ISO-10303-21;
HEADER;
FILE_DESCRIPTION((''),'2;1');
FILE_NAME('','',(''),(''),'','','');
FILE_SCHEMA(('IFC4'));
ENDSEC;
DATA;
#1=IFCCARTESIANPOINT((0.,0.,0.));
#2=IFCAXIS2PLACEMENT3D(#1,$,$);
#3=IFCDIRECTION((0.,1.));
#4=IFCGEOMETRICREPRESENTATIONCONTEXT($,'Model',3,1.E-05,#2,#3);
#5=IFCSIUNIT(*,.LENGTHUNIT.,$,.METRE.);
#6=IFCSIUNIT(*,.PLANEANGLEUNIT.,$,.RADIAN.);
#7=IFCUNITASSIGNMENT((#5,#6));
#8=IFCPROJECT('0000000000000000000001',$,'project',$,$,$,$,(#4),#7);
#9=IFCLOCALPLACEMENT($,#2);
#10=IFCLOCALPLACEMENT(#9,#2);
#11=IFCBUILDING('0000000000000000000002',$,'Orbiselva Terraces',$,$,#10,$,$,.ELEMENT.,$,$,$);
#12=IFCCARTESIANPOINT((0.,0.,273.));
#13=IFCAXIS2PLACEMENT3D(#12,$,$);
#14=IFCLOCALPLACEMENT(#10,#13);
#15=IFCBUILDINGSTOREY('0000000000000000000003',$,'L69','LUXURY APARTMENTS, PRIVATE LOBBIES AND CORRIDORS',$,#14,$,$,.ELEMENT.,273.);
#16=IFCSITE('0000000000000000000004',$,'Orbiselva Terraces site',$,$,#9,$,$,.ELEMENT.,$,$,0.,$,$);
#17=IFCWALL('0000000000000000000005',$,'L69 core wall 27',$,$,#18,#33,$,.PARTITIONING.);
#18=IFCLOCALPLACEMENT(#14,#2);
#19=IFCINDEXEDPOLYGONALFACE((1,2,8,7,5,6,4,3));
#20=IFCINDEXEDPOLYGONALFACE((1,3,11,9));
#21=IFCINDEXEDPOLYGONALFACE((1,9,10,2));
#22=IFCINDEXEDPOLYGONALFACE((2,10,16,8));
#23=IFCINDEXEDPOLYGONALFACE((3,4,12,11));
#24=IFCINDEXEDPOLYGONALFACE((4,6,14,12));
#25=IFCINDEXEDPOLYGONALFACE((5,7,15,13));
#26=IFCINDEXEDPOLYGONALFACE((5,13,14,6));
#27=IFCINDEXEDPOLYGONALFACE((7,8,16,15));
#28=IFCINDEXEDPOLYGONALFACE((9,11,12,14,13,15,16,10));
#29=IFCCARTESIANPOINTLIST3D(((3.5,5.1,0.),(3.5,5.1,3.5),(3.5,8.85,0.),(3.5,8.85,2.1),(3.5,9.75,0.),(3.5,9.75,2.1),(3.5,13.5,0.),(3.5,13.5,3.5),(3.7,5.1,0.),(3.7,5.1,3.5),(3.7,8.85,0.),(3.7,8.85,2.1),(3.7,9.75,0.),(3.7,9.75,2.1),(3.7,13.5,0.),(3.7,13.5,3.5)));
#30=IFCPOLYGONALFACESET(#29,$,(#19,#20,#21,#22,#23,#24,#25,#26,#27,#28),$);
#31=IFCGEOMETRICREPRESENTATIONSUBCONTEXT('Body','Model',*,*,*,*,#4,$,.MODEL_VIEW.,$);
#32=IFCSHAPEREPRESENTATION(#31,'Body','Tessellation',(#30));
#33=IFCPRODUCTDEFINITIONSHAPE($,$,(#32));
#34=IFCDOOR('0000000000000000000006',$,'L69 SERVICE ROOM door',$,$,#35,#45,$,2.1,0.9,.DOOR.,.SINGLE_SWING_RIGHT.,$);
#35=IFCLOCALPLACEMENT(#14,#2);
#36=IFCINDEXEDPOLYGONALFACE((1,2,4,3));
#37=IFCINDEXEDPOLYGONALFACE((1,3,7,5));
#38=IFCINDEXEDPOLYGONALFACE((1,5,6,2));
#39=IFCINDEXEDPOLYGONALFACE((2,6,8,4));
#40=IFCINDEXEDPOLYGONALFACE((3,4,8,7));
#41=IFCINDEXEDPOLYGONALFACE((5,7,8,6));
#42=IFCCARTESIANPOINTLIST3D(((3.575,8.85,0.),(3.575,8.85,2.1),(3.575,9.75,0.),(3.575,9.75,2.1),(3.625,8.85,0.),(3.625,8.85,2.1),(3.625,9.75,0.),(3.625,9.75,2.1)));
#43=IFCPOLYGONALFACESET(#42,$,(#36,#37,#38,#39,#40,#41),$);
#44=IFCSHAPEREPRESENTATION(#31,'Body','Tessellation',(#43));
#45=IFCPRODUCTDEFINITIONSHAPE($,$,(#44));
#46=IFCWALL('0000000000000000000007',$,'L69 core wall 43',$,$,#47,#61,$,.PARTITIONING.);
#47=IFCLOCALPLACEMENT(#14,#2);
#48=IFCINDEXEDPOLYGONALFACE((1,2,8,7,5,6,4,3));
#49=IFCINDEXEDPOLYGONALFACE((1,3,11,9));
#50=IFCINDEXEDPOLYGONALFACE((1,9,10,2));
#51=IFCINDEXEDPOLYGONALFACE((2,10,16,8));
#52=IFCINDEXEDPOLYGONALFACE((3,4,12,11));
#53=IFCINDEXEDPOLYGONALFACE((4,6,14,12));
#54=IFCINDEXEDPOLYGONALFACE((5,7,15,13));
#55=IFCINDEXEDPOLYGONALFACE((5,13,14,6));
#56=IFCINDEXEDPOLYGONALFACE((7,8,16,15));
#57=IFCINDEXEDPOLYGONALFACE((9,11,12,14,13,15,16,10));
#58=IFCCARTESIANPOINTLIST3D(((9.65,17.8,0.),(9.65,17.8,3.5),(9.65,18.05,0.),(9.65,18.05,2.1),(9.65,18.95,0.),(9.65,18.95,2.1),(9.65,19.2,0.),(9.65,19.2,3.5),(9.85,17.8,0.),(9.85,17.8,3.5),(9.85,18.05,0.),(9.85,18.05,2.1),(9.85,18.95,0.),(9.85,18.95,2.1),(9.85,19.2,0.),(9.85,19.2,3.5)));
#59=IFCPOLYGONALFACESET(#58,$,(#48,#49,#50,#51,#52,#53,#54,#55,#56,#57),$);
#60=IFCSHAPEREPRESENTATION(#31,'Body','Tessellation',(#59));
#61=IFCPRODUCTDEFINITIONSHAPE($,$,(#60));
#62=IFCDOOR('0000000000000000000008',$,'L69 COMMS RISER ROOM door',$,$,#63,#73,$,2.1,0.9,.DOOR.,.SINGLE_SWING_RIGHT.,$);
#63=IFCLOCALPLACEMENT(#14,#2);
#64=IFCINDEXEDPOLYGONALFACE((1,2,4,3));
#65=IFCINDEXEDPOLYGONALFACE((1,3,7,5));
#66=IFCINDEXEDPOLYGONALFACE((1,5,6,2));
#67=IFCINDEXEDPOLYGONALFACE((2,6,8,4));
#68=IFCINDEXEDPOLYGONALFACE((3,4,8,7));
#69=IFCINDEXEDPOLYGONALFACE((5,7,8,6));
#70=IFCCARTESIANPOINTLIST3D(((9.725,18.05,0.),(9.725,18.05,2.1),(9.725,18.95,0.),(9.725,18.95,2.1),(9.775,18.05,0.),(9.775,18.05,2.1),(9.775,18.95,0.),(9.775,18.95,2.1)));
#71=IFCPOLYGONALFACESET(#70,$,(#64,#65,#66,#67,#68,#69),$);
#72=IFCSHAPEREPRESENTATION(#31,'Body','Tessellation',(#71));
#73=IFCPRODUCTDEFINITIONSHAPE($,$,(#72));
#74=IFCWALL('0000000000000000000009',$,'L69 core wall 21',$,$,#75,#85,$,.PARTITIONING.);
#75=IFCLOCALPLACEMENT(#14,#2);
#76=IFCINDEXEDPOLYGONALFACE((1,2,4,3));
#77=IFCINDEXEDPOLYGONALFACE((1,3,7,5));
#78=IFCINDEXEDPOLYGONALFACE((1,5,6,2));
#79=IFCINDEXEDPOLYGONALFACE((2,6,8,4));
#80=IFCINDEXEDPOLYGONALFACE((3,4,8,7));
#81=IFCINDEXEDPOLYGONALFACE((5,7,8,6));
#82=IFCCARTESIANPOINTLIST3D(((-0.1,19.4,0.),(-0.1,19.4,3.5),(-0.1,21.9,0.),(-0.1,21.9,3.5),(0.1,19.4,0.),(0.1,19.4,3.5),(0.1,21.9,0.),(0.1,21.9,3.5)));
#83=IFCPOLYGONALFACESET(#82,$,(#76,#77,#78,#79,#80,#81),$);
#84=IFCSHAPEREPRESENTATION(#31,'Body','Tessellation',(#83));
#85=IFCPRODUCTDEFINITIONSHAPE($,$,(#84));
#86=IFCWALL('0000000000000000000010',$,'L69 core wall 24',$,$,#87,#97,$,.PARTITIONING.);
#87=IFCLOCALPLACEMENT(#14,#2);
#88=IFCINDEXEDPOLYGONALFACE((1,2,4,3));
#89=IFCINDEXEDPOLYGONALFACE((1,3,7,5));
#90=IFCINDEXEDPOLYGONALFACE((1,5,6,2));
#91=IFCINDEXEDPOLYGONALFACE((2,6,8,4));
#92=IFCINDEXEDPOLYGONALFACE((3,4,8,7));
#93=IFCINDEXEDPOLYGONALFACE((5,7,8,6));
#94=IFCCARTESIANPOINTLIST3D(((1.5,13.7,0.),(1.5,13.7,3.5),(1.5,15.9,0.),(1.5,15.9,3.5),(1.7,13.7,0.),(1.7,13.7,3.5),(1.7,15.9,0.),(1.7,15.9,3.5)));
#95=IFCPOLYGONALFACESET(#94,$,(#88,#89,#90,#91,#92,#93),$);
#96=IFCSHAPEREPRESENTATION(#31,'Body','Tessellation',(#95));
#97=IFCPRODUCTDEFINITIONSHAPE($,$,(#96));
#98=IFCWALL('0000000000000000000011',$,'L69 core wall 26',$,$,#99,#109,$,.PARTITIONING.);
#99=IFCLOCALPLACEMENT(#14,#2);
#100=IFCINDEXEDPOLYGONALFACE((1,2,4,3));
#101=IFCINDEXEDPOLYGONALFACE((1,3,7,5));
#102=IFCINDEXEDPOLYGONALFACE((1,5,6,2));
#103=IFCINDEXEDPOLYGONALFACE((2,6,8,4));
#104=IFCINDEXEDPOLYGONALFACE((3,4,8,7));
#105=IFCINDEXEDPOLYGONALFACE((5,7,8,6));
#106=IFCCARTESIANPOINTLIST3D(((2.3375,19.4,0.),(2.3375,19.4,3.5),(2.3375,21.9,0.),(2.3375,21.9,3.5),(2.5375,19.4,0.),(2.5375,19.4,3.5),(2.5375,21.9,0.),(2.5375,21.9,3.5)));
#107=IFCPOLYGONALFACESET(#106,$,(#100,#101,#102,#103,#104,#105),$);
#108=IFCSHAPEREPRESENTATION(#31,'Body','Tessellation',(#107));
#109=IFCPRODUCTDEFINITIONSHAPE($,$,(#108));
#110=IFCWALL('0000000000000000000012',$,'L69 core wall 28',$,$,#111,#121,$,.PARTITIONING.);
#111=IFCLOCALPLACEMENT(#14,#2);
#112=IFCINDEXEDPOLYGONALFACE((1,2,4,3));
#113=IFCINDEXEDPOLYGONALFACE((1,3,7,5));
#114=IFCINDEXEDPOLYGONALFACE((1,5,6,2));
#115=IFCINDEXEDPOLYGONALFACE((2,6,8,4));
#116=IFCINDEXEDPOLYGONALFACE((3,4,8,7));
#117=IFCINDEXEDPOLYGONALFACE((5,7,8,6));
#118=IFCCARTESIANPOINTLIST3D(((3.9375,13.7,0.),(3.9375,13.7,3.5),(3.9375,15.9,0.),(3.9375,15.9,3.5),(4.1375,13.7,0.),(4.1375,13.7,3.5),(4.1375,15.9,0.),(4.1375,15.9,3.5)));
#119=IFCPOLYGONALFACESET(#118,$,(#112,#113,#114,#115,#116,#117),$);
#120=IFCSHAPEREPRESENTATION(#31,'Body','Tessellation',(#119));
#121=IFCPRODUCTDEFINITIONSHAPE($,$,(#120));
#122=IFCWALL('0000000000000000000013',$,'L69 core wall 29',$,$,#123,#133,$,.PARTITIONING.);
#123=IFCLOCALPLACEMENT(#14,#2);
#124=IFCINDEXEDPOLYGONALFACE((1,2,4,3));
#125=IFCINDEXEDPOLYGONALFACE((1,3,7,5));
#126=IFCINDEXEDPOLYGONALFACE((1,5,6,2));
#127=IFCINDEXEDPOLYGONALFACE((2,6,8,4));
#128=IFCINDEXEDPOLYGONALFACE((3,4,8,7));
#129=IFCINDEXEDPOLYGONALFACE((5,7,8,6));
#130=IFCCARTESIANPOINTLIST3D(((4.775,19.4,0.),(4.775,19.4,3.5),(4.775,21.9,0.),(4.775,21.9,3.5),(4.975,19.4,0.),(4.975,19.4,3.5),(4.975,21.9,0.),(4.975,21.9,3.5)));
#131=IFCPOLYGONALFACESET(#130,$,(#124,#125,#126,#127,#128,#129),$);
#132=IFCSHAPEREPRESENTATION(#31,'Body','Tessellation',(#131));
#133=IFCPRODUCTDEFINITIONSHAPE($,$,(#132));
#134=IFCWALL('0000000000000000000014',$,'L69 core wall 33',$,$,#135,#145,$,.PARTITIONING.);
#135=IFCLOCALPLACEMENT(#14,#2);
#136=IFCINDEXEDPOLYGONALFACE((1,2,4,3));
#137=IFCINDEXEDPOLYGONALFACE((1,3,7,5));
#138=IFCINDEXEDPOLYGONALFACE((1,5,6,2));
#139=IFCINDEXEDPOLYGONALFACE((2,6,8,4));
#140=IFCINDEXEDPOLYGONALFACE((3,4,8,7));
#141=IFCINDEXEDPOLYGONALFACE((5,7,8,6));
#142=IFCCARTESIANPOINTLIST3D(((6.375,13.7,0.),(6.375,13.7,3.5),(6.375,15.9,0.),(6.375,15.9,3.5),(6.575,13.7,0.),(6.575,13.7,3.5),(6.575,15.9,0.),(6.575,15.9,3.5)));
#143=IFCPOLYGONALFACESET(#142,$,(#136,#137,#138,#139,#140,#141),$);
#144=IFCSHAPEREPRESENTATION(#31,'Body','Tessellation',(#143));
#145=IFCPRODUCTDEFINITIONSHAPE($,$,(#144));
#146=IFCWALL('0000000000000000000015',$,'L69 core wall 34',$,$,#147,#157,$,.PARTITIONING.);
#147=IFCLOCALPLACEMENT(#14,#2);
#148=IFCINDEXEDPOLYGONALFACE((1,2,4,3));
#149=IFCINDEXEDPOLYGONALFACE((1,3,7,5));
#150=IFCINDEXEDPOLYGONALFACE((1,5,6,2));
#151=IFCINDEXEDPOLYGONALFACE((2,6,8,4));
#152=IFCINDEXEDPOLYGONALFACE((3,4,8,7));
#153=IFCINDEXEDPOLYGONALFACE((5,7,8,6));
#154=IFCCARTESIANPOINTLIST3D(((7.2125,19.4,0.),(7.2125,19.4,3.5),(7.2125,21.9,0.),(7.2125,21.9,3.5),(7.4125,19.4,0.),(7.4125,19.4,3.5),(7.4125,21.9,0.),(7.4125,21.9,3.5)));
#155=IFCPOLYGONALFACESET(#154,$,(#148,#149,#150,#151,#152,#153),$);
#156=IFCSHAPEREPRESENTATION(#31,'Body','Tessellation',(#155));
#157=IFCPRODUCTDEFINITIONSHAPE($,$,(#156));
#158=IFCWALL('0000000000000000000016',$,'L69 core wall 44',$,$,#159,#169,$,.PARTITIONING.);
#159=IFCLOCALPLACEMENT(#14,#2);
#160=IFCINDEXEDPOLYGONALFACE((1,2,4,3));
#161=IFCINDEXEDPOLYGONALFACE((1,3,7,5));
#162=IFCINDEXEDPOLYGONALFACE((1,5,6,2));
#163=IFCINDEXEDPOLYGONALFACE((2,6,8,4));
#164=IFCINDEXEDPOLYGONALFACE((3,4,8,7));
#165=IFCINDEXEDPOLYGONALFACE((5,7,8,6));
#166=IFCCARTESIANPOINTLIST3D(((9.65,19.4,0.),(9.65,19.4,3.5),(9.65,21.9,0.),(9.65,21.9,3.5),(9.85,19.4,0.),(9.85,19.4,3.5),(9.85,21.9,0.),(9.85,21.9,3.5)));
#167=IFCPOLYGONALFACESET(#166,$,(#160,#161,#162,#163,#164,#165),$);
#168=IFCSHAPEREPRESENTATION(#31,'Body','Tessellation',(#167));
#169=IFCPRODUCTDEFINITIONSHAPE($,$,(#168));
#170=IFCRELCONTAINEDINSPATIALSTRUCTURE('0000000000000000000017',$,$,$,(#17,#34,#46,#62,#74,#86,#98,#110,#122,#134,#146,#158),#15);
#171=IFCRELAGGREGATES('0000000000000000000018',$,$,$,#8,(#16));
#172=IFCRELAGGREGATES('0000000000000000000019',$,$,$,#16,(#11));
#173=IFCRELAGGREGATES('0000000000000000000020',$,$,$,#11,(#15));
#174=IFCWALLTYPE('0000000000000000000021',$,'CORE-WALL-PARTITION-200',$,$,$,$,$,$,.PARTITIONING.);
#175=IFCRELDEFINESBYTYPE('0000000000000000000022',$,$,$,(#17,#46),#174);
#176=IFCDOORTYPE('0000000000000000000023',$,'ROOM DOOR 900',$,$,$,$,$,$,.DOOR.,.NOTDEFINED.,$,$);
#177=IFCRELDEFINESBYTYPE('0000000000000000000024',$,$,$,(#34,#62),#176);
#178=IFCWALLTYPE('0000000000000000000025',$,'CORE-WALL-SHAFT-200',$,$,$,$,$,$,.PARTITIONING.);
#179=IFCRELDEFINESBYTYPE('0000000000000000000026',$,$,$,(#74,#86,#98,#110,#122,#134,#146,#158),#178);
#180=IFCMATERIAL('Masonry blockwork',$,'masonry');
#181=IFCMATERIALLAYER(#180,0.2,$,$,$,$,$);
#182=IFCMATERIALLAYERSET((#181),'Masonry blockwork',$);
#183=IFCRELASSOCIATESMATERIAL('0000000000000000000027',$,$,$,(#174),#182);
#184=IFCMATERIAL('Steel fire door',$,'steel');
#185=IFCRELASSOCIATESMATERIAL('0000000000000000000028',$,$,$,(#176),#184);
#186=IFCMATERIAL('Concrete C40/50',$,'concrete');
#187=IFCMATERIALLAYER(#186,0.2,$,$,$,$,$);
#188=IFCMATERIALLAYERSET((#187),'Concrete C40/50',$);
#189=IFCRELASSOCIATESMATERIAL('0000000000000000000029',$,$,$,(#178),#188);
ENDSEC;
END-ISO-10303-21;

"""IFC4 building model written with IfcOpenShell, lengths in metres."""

from ifc_helpers import new_model, si_unit, direction, frame, frame_2d, origin, place, context, subcontext, project, spatial, rectangle, extrude, material, layer, layer_set, type_object, element, fill, save


model = new_model("IFC4")

# Units and contexts
model_context = context("Model", 3, precision=1e-05, world=origin(), true_north=direction((0.0, 1.0)))
body_context = subcontext(model_context, "Body", "Model", "MODEL_VIEW")
ifc_project = project(units=[si_unit("LENGTHUNIT", "METRE"), si_unit("PLANEANGLEUNIT", "RADIAN")], contexts=[model_context])

# Site, building, storey
site_placement = place(None, origin())
site = spatial("IfcSite", under=ifc_project, at=site_placement, Name="Orbiselva Terraces site", CompositionType="ELEMENT", RefElevation=0.0)
building_placement = place(site_placement, origin())
building = spatial("IfcBuilding", under=site, at=building_placement, Name="Orbiselva Terraces", CompositionType="ELEMENT")
storey_placement = place(building_placement, frame((0.0, 0.0, 273.0)))
storey = spatial("IfcBuildingStorey", under=building, at=storey_placement, Name="L69", Description="LUXURY APARTMENTS, PRIVATE LOBBIES AND CORRIDORS", CompositionType="ELEMENT", Elevation=273.0)

# Walls, openings, doors
ifc_material_1 = material(Name="Masonry blockwork", Category="masonry")
ifc_layer_1 = layer(ifc_material_1, 0.2)
ifc_layer_set_1 = layer_set([ifc_layer_1], Name="Masonry blockwork")
wall_type_1 = type_object("IfcWallType", Name="CORE-WALL-PARTITION-200", PredefinedType="PARTITIONING", material=ifc_layer_set_1)
wall_1_placement = place(storey_placement, frame((3.6, 13.5, 0.0), z_axis=(0.0, 0.0, 1.0), x_axis=(0.0, -1.0, 0.0)))
wall_1 = element("IfcWall", 1, at=wall_1_placement, inside=storey, type_object=wall_type_1, Name="L69 core wall 27", PredefinedType="PARTITIONING", context=body_context, shape_type="SweptSolid", body=[
    extrude(rectangle(XDim=8.4, YDim=0.2, at=frame_2d((4.2, 0.0))), origin(), (0.0, 0.0, 1.0), 3.5),
])
opening_1_placement = place(wall_1_placement, frame((3.75, 0.0, 0.0)))
opening_1 = element("IfcOpeningElement", 2, at=opening_1_placement, cuts=wall_1, PredefinedType="OPENING", context=body_context, shape_type="SweptSolid", body=[
    extrude(rectangle(XDim=0.9, YDim=2.1, at=frame_2d((0.45, 1.05))), frame((0.0, 0.11, 0.0), z_axis=(0.0, -1.0, 0.0), x_axis=(1.0, 0.0, 0.0)), (0.0, 0.0, 1.0), 0.22),
])
ifc_material_2 = material(Name="Steel fire door", Category="steel")
door_type_1 = type_object("IfcDoorType", Name="ROOM DOOR 900", OperationType="NOTDEFINED", PredefinedType="DOOR", material=ifc_material_2)
door_1_placement = place(opening_1_placement, origin())
door_1 = element("IfcDoor", 3, at=door_1_placement, inside=storey, type_object=door_type_1, Name="L69 SERVICE ROOM door", OperationType="SINGLE_SWING_RIGHT", OverallHeight=2.1, OverallWidth=0.9, PredefinedType="DOOR", context=body_context, shape_type="SweptSolid", body=[
    extrude(rectangle(XDim=0.9, YDim=2.1, at=frame_2d((0.45, 1.05))), frame((0.0, 0.025, 0.0), z_axis=(0.0, -1.0, 0.0), x_axis=(1.0, 0.0, 0.0)), (0.0, 0.0, 1.0), 0.05),
])
fill(opening_1, door_1)
wall_2_placement = place(storey_placement, frame((9.75, 19.2, 0.0), z_axis=(0.0, 0.0, 1.0), x_axis=(0.0, -1.0, 0.0)))
wall_2 = element("IfcWall", 4, at=wall_2_placement, inside=storey, type_object=wall_type_1, Name="L69 core wall 43", PredefinedType="PARTITIONING", context=body_context, shape_type="SweptSolid", body=[
    extrude(rectangle(XDim=1.4, YDim=0.2, at=frame_2d((0.7, 0.0))), origin(), (0.0, 0.0, 1.0), 3.5),
])
opening_2_placement = place(wall_2_placement, frame((0.25, 0.0, 0.0)))
opening_2 = element("IfcOpeningElement", 5, at=opening_2_placement, cuts=wall_2, PredefinedType="OPENING", context=body_context, shape_type="SweptSolid", body=[
    extrude(rectangle(XDim=0.9, YDim=2.1, at=frame_2d((0.45, 1.05))), frame((0.0, 0.11, 0.0), z_axis=(0.0, -1.0, 0.0), x_axis=(1.0, 0.0, 0.0)), (0.0, 0.0, 1.0), 0.22),
])
door_2_placement = place(opening_2_placement, origin())
door_2 = element("IfcDoor", 6, at=door_2_placement, inside=storey, type_object=door_type_1, Name="L69 COMMS RISER ROOM door", OperationType="SINGLE_SWING_RIGHT", OverallHeight=2.1, OverallWidth=0.9, PredefinedType="DOOR", context=body_context, shape_type="SweptSolid", body=[
    extrude(rectangle(XDim=0.9, YDim=2.1, at=frame_2d((0.45, 1.05))), frame((0.0, 0.025, 0.0), z_axis=(0.0, -1.0, 0.0), x_axis=(1.0, 0.0, 0.0)), (0.0, 0.0, 1.0), 0.05),
])
fill(opening_2, door_2)

# Walls
ifc_material_3 = material(Name="Concrete C40/50", Category="concrete")
ifc_layer_2 = layer(ifc_material_3, 0.2)
ifc_layer_set_2 = layer_set([ifc_layer_2], Name="Concrete C40/50")
wall_type_2 = type_object("IfcWallType", Name="CORE-WALL-SHAFT-200", PredefinedType="PARTITIONING", material=ifc_layer_set_2)
wall_3_placement = place(storey_placement, frame((0.0, 19.4, 0.0), z_axis=(0.0, 0.0, 1.0), x_axis=(0.0, 1.0, 0.0)))
element("IfcWall", 7, at=wall_3_placement, inside=storey, type_object=wall_type_2, Name="L69 core wall 21", PredefinedType="PARTITIONING", context=body_context, shape_type="SweptSolid", body=[
    extrude(rectangle(XDim=2.5, YDim=0.2, at=frame_2d((1.25, 0.0))), origin(), (0.0, 0.0, 1.0), 3.5),
])
wall_4_placement = place(storey_placement, frame((1.6, 13.7, 0.0), z_axis=(0.0, 0.0, 1.0), x_axis=(0.0, 1.0, 0.0)))
element("IfcWall", 8, at=wall_4_placement, inside=storey, type_object=wall_type_2, Name="L69 core wall 24", PredefinedType="PARTITIONING", context=body_context, shape_type="SweptSolid", body=[
    extrude(rectangle(XDim=2.2, YDim=0.2, at=frame_2d((1.1, 0.0))), origin(), (0.0, 0.0, 1.0), 3.5),
])
wall_5_placement = place(storey_placement, frame((2.4375, 19.4, 0.0), z_axis=(0.0, 0.0, 1.0), x_axis=(0.0, 1.0, 0.0)))
element("IfcWall", 9, at=wall_5_placement, inside=storey, type_object=wall_type_2, Name="L69 core wall 26", PredefinedType="PARTITIONING", context=body_context, shape_type="SweptSolid", body=[
    extrude(rectangle(XDim=2.5, YDim=0.2, at=frame_2d((1.25, 0.0))), origin(), (0.0, 0.0, 1.0), 3.5),
])
wall_6_placement = place(storey_placement, frame((4.0375, 13.7, 0.0), z_axis=(0.0, 0.0, 1.0), x_axis=(0.0, 1.0, 0.0)))
element("IfcWall", 10, at=wall_6_placement, inside=storey, type_object=wall_type_2, Name="L69 core wall 28", PredefinedType="PARTITIONING", context=body_context, shape_type="SweptSolid", body=[
    extrude(rectangle(XDim=2.2, YDim=0.2, at=frame_2d((1.1, 0.0))), origin(), (0.0, 0.0, 1.0), 3.5),
])
wall_7_placement = place(storey_placement, frame((4.875, 19.4, 0.0), z_axis=(0.0, 0.0, 1.0), x_axis=(0.0, 1.0, 0.0)))
element("IfcWall", 11, at=wall_7_placement, inside=storey, type_object=wall_type_2, Name="L69 core wall 29", PredefinedType="PARTITIONING", context=body_context, shape_type="SweptSolid", body=[
    extrude(rectangle(XDim=2.5, YDim=0.2, at=frame_2d((1.25, 0.0))), origin(), (0.0, 0.0, 1.0), 3.5),
])
wall_8_placement = place(storey_placement, frame((6.475, 13.7, 0.0), z_axis=(0.0, 0.0, 1.0), x_axis=(0.0, 1.0, 0.0)))
element("IfcWall", 12, at=wall_8_placement, inside=storey, type_object=wall_type_2, Name="L69 core wall 33", PredefinedType="PARTITIONING", context=body_context, shape_type="SweptSolid", body=[
    extrude(rectangle(XDim=2.2, YDim=0.2, at=frame_2d((1.1, 0.0))), origin(), (0.0, 0.0, 1.0), 3.5),
])
for number, where, z_axis, x_axis, name in (
    (13, (7.3125, 19.4, 0.0), (0.0, 0.0, 1.0), (0.0, 1.0, 0.0), "L69 core wall 34"),
    (14, (9.75, 19.4, 0.0), (0.0, 0.0, 1.0), (0.0, 1.0, 0.0), "L69 core wall 44"),
):
    element("IfcWall", number, at=place(storey_placement, frame(where, z_axis=z_axis, x_axis=x_axis)), inside=storey, type_object=wall_type_2, Name=name, PredefinedType="PARTITIONING", context=body_context, shape_type="SweptSolid", body=[
        extrude(rectangle(XDim=2.5, YDim=0.2, at=frame_2d((1.25, 0.0))), origin(), (0.0, 0.0, 1.0), 3.5),
    ])

save(model, "model.ifc")
